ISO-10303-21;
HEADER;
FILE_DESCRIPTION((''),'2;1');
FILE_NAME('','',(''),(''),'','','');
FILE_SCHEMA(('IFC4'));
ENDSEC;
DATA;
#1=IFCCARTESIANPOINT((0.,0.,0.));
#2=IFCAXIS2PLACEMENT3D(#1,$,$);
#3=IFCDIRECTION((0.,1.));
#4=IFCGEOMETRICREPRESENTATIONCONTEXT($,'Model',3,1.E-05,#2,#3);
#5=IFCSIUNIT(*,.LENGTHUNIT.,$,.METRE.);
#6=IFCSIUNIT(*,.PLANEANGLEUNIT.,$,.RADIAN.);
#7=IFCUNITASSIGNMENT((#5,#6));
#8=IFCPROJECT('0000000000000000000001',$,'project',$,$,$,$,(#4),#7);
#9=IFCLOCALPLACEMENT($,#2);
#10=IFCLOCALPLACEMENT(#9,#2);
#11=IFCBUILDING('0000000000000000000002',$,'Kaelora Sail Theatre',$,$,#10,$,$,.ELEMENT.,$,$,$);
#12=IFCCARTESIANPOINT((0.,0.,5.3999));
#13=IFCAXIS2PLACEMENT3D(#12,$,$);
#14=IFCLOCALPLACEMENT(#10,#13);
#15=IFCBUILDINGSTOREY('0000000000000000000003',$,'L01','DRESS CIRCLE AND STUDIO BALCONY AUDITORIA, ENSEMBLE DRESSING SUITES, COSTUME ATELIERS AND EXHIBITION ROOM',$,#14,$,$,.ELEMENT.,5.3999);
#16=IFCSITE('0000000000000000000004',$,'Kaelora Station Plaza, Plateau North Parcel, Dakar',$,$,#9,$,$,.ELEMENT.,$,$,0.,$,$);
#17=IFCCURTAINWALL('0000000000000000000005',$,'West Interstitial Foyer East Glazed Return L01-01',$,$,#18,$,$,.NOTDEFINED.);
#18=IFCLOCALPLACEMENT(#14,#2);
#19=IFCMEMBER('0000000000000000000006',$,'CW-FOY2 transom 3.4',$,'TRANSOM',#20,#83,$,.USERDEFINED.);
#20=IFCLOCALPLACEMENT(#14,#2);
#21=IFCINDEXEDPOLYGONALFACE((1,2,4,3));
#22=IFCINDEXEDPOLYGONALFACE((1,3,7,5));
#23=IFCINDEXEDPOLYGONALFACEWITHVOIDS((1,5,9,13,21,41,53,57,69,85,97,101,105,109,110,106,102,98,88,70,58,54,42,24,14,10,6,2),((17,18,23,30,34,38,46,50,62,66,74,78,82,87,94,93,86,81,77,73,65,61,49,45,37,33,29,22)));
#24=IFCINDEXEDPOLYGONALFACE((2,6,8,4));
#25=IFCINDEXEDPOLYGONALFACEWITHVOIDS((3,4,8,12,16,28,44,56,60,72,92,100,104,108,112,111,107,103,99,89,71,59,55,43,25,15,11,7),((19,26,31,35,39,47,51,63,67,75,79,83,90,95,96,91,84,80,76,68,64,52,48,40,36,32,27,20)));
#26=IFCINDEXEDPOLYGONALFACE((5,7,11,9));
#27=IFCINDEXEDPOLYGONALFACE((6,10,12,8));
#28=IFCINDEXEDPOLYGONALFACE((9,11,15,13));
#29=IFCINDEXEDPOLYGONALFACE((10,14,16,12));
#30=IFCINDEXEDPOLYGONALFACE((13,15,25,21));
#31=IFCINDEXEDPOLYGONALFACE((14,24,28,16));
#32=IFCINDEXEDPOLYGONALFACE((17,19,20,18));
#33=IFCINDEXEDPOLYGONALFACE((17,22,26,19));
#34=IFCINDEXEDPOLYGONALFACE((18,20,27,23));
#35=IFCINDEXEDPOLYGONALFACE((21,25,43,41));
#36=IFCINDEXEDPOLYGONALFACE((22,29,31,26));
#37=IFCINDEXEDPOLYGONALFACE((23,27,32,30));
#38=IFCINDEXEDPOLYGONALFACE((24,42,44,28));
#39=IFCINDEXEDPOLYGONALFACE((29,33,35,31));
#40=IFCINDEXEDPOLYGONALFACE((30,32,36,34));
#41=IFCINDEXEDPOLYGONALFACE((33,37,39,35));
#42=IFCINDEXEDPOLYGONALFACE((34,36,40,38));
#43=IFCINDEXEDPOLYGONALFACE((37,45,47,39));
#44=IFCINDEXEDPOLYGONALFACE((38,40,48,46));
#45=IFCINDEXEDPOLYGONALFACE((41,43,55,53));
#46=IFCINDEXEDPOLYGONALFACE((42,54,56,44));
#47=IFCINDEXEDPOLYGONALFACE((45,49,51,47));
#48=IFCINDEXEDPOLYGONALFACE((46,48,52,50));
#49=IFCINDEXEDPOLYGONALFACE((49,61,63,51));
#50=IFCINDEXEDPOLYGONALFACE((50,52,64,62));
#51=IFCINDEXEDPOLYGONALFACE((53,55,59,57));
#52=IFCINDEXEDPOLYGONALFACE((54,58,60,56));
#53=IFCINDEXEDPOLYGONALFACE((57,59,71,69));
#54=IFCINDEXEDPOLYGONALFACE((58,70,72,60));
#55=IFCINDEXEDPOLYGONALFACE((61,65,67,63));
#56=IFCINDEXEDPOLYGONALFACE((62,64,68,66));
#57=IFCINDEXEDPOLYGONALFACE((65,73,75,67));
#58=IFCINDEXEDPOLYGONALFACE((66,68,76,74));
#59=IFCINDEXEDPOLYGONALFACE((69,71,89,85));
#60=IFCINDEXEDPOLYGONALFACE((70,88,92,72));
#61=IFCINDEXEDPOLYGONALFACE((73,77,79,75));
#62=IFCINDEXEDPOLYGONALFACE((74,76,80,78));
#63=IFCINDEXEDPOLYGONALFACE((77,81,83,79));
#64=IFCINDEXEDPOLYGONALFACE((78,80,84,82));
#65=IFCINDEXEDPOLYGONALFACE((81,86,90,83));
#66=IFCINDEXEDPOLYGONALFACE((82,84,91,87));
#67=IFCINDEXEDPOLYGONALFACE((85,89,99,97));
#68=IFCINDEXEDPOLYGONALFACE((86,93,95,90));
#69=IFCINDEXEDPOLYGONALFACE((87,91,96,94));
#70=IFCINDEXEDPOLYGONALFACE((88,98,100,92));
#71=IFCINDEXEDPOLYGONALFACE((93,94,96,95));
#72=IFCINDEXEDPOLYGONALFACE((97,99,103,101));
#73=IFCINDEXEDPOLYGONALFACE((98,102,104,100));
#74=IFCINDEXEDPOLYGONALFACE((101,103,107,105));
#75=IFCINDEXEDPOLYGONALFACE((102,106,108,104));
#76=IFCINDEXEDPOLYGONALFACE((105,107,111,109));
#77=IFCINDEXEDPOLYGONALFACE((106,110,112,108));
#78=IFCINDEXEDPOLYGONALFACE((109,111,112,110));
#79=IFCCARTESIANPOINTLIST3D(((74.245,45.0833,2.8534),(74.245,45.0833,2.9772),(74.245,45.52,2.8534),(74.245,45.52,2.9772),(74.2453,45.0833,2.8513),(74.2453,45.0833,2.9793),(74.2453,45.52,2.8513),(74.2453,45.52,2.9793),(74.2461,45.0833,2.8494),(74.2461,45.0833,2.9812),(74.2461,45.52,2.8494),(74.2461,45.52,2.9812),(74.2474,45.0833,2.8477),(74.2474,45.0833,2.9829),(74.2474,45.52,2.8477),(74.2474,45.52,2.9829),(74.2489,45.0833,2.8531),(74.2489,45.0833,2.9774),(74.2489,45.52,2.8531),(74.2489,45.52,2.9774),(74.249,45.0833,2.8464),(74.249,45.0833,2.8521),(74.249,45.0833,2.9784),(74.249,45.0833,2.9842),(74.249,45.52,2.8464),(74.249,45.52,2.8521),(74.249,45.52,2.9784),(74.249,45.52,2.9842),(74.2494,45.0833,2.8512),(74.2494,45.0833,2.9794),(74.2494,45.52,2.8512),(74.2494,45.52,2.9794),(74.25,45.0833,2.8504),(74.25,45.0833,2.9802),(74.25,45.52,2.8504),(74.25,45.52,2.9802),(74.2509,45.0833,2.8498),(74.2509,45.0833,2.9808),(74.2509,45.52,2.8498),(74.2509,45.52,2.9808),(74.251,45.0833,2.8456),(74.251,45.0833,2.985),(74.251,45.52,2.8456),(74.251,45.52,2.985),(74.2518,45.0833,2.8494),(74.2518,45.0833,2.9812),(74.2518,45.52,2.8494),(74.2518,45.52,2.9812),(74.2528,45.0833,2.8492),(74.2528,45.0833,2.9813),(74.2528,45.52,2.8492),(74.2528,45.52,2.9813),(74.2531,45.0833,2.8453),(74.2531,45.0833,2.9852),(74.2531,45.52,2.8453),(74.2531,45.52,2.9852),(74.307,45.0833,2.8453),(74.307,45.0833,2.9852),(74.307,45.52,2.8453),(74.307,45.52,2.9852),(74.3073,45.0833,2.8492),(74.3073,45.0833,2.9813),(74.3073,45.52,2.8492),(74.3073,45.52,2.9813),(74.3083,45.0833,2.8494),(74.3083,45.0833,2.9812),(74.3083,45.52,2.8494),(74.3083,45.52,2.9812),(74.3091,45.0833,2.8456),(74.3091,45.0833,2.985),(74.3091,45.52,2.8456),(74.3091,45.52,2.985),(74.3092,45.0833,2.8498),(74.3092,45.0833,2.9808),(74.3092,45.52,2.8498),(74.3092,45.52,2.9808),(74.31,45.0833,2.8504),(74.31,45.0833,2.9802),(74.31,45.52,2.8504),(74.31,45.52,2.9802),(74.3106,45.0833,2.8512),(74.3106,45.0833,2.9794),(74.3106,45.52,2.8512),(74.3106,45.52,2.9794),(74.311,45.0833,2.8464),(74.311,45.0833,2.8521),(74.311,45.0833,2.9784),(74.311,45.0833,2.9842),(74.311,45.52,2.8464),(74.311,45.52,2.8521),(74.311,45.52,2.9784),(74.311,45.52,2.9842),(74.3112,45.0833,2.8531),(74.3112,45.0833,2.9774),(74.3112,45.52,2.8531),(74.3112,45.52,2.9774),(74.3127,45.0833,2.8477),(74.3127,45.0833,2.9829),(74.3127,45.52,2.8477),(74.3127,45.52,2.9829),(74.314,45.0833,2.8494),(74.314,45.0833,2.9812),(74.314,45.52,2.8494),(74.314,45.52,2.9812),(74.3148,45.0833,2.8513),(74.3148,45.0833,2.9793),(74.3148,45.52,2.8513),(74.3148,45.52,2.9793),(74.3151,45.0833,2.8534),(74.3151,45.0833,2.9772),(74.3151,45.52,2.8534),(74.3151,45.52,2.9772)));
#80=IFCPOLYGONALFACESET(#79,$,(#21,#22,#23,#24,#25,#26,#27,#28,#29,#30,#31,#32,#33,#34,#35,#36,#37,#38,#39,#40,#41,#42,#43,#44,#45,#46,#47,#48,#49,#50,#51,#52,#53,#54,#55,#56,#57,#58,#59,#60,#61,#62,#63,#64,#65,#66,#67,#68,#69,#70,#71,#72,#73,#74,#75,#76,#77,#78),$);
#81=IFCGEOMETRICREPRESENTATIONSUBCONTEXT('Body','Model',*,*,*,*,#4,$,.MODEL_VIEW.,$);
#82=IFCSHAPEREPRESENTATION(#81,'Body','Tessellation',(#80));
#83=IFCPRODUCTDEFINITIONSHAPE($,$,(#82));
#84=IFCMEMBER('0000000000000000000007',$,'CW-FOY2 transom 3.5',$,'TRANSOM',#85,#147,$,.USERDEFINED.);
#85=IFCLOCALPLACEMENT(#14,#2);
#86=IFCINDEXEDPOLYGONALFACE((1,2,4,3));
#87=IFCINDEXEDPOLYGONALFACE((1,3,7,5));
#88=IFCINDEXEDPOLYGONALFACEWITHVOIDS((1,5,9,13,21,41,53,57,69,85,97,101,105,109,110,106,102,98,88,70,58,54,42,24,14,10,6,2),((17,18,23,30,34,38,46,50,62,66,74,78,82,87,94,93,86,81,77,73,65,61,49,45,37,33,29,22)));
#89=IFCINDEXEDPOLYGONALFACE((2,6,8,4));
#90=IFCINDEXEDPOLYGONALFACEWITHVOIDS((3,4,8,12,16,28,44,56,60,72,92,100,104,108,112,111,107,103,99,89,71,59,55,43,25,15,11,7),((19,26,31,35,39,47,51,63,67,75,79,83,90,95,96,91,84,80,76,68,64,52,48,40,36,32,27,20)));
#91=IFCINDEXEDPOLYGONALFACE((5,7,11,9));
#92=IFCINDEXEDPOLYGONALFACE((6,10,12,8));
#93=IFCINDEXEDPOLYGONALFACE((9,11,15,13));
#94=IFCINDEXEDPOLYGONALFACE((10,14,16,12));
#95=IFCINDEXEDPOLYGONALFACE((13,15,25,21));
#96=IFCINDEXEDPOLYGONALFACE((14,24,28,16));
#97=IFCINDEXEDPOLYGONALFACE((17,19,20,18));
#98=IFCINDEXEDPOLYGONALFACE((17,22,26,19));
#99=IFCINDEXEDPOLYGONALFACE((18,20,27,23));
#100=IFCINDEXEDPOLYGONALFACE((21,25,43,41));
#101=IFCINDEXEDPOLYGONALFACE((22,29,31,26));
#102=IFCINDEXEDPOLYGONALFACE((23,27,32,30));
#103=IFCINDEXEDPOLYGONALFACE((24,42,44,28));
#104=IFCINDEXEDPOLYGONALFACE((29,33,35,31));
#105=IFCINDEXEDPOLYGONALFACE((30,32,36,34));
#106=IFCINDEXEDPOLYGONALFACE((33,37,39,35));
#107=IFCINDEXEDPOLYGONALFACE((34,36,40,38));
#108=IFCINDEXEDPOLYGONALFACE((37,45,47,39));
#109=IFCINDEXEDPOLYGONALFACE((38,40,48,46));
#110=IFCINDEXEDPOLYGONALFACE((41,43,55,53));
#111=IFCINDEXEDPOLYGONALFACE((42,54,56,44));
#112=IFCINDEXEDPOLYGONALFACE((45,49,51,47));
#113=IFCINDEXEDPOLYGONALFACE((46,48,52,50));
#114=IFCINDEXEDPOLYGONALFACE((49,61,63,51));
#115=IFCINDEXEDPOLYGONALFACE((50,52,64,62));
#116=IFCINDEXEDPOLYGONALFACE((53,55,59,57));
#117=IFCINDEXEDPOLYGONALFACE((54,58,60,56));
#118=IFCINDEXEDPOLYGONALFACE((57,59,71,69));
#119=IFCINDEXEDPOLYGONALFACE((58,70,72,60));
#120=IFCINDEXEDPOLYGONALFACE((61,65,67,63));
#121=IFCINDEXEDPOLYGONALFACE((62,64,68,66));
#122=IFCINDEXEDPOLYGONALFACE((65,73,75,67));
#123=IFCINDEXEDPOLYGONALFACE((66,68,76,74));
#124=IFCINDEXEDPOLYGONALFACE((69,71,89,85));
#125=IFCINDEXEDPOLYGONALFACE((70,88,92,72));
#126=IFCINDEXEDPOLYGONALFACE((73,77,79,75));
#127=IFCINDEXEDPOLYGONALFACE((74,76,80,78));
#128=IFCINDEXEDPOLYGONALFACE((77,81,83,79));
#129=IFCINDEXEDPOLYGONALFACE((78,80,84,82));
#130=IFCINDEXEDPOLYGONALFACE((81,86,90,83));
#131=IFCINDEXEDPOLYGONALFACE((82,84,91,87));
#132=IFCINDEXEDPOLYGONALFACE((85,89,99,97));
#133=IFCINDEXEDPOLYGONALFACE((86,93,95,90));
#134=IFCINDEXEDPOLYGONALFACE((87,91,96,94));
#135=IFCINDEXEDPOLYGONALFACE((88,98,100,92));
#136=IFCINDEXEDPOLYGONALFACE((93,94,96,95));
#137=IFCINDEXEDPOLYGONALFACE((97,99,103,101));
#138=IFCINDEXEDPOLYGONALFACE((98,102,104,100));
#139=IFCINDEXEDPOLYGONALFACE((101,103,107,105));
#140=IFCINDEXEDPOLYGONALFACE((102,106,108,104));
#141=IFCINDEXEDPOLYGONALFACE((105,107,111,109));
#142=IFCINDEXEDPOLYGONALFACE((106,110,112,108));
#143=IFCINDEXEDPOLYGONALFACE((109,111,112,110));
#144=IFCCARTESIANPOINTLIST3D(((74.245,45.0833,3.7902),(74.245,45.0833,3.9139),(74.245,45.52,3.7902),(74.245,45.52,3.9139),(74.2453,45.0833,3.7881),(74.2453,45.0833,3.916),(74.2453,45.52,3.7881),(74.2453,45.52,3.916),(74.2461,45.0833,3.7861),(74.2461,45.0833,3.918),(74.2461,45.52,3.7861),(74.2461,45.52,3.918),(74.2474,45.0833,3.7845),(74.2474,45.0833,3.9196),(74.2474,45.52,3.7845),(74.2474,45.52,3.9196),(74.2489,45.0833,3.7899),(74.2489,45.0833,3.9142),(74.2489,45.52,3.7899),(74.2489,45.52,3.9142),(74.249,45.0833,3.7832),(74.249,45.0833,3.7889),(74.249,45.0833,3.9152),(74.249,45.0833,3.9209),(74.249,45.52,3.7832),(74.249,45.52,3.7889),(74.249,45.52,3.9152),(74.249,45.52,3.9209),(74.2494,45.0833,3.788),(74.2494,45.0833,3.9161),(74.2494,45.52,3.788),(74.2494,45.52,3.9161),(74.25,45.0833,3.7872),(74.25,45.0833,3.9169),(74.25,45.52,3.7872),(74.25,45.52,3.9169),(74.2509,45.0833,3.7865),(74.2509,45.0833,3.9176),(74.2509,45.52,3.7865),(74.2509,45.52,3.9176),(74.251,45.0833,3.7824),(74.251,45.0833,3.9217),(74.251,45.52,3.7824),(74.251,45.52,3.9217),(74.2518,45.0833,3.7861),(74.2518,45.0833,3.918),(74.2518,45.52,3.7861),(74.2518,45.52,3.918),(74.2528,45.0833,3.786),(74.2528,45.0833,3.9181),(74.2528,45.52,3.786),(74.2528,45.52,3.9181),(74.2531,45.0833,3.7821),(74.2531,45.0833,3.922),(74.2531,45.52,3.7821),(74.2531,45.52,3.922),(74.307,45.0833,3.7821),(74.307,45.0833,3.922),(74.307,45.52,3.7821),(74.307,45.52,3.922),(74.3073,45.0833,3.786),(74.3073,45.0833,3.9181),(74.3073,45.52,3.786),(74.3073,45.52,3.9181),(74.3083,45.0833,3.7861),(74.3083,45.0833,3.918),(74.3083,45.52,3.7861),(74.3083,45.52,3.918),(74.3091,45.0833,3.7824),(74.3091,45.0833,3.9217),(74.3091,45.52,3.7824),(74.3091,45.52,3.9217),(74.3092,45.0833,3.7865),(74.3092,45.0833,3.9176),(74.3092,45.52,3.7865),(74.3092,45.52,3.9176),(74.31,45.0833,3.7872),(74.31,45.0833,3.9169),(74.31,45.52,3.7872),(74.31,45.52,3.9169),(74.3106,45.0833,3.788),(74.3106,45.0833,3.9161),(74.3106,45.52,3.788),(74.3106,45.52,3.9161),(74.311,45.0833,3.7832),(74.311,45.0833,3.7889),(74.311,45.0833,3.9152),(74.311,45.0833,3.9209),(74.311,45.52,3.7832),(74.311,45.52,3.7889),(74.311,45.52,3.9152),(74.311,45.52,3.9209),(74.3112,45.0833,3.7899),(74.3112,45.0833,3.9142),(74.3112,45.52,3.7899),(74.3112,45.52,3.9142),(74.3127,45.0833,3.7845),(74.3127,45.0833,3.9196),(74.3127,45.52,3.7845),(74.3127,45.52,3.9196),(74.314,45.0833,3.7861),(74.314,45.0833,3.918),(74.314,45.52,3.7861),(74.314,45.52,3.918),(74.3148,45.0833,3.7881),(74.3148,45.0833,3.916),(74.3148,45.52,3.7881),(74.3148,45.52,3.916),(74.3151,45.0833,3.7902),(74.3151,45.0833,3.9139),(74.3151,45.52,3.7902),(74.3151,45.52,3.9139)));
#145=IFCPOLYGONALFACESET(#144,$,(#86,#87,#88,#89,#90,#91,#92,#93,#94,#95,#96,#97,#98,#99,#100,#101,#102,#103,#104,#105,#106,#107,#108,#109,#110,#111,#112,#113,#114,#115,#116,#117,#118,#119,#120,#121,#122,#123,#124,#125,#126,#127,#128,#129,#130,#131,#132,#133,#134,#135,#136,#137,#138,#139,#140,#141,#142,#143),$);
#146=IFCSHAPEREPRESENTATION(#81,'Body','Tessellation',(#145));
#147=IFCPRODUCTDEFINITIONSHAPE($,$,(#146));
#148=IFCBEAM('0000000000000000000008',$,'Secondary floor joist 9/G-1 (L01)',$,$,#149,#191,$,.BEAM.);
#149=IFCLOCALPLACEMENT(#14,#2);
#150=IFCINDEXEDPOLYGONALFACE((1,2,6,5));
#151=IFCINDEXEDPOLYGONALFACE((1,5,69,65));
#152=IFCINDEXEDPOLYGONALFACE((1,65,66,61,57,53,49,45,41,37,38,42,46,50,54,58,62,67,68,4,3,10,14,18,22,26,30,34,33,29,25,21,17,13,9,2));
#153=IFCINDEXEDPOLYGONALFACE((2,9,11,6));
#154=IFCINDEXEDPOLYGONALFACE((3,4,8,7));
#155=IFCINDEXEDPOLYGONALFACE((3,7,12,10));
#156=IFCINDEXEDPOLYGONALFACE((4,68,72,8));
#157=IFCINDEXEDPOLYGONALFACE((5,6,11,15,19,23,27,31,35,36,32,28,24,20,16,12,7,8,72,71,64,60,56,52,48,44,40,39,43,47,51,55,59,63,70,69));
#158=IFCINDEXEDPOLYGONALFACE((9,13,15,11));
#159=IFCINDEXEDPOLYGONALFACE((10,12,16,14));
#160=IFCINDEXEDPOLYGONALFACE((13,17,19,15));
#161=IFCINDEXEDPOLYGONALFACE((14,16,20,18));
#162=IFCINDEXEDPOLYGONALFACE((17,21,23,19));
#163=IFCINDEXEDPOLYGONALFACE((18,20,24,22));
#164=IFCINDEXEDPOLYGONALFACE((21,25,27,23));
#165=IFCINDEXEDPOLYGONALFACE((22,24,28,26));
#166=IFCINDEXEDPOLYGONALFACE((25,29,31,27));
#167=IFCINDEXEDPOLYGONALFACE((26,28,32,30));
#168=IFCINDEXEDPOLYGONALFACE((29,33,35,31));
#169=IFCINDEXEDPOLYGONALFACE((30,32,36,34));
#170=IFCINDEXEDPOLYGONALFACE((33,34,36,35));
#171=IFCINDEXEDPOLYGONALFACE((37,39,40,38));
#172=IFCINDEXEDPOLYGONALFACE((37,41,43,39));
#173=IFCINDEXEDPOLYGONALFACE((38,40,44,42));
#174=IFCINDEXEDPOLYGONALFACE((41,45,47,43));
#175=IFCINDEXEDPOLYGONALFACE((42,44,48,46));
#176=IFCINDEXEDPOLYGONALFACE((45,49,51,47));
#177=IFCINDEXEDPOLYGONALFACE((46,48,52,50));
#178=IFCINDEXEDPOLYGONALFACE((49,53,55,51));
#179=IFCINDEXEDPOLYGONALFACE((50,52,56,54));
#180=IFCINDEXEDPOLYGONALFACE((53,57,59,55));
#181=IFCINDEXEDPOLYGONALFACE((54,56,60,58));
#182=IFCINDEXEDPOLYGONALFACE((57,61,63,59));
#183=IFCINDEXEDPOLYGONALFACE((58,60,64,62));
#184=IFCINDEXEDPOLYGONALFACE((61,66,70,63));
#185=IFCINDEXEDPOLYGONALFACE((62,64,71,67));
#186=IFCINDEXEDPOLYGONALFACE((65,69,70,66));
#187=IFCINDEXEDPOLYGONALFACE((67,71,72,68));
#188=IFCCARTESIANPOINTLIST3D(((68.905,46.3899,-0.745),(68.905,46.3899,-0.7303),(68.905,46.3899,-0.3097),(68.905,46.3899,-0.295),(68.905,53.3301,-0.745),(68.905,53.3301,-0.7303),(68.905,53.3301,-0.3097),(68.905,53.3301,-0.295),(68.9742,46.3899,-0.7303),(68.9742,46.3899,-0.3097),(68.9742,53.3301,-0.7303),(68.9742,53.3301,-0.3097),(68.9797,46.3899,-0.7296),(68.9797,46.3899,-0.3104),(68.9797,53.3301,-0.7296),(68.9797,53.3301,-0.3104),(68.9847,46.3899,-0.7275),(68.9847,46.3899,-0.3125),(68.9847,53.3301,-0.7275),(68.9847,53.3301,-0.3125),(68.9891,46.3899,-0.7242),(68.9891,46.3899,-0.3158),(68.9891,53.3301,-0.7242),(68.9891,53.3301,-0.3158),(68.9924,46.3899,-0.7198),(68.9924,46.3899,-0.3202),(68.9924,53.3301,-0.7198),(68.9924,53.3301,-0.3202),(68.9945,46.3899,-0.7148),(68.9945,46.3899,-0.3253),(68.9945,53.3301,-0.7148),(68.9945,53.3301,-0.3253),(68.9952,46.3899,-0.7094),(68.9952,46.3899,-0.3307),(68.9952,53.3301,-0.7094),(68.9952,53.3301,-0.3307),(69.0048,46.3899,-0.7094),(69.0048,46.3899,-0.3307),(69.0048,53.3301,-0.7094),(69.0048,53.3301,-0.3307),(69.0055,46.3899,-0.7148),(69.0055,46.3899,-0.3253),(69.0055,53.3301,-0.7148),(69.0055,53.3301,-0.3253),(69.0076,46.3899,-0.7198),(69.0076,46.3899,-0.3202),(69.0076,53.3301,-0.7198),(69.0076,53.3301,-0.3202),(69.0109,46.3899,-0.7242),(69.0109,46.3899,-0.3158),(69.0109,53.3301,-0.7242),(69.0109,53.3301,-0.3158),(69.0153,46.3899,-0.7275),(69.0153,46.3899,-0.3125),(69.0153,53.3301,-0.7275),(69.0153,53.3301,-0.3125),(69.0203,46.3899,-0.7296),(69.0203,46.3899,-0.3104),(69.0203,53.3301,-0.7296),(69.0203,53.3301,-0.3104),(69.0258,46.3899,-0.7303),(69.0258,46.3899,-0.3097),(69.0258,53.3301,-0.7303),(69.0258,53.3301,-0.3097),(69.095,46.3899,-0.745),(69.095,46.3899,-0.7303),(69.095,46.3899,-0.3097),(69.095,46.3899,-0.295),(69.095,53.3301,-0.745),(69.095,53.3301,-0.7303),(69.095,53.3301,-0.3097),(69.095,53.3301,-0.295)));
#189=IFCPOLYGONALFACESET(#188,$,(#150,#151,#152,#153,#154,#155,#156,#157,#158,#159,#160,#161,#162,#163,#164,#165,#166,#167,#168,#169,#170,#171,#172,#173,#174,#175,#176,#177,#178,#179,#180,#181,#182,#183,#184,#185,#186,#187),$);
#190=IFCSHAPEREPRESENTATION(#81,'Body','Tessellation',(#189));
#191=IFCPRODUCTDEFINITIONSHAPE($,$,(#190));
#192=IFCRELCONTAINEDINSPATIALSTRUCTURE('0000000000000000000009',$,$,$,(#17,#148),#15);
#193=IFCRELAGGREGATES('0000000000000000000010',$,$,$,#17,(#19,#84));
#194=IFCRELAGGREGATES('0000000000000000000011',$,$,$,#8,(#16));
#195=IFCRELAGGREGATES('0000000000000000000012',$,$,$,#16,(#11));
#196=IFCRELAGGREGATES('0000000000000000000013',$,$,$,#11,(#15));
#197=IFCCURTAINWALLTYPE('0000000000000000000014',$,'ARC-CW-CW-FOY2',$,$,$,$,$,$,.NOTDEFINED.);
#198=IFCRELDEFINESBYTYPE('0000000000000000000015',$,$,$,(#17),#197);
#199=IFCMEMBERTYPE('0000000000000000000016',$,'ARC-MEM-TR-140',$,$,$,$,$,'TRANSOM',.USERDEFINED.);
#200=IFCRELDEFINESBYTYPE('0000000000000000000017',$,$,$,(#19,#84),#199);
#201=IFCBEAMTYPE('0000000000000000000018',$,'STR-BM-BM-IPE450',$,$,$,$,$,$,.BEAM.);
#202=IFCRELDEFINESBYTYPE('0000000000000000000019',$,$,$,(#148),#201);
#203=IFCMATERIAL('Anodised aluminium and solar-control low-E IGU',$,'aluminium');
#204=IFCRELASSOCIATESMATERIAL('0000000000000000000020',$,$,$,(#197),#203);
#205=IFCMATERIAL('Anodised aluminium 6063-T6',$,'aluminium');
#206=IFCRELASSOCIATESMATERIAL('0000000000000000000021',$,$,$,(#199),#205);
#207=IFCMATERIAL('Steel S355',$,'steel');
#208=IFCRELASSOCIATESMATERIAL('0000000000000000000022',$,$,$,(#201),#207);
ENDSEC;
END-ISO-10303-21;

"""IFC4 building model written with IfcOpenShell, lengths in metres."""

from ifc_helpers import new_model, si_unit, direction, frame, origin, origin_2d, place, context, subcontext, project, spatial, hollow_rectangle, i_section, extrude, material, material_profile, profile_set, type_object, element, aggregate, save


model = new_model("IFC4")

# Units and contexts
model_context = context("Model", 3, precision=1e-05, world=origin(), true_north=direction((0.0, 1.0)))
body_context = subcontext(model_context, "Body", "Model", "MODEL_VIEW")
ifc_project = project(units=[si_unit("LENGTHUNIT", "METRE"), si_unit("PLANEANGLEUNIT", "RADIAN")], contexts=[model_context])

# Site, building, storey
site_placement = place(None, origin())
site = spatial("IfcSite", under=ifc_project, at=site_placement, Name="Kaelora Station Plaza, Plateau North Parcel, Dakar", CompositionType="ELEMENT", RefElevation=0.0)
building_placement = place(site_placement, origin())
building = spatial("IfcBuilding", under=site, at=building_placement, Name="Kaelora Sail Theatre", CompositionType="ELEMENT")
storey_placement = place(building_placement, frame((0.0, 0.0, 5.3999)))
storey = spatial("IfcBuildingStorey", under=building, at=storey_placement, Name="L01", Description="DRESS CIRCLE AND STUDIO BALCONY AUDITORIA, ENSEMBLE DRESSING SUITES, COSTUME ATELIERS AND EXHIBITION ROOM", CompositionType="ELEMENT", Elevation=5.3999)

# Curtain wall, members
ifc_material_1 = material(Name="Anodised aluminium and solar-control low-E IGU", Category="aluminium")
curtain_wall_type = type_object("IfcCurtainWallType", Name="ARC-CW-CW-FOY2", PredefinedType="NOTDEFINED", material=ifc_material_1)
curtain_wall_placement = place(storey_placement, origin())
curtain_wall = element("IfcCurtainWall", 1, at=curtain_wall_placement, inside=storey, type_object=curtain_wall_type, Name="West Interstitial Foyer East Glazed Return L01-01", PredefinedType="NOTDEFINED")
ifc_material_2 = material(Name="Anodised aluminium 6063-T6", Category="aluminium")
ifc_material_profile_1 = material_profile(ifc_material_2, hollow_rectangle(XDim=0.0701, YDim=0.1399, WallThickness=0.0039, InnerFilletRadius=0.0039, OuterFilletRadius=0.0081, at=origin_2d()), Name="ALU-TRAN 70x140x4")
ifc_profile_set_1 = profile_set([ifc_material_profile_1], Name="Anodised aluminium 6063-T6")
member_type_1 = type_object("IfcMemberType", Name="ARC-MEM-TR-140", ElementType="TRANSOM", PredefinedType="USERDEFINED", material=ifc_profile_set_1)
member_1_placement = place(storey_placement, frame((74.28, 45.0833, 2.9153), z_axis=(0.0, 1.0, 0.0), x_axis=(-1.0, 0.0, 0.0)))
member_1 = element("IfcMember", 2, at=member_1_placement, type_object=member_type_1, Name="CW-FOY2 transom 3.4", ObjectType="TRANSOM", PredefinedType="USERDEFINED", context=body_context, shape_type="SweptSolid", body=[
    extrude(hollow_rectangle(XDim=0.0701, YDim=0.1399, WallThickness=0.0039, InnerFilletRadius=0.0039, OuterFilletRadius=0.0081, at=origin_2d()), origin(), (0.0, 0.0, 1.0), 0.4368),
])
member_2_placement = place(storey_placement, frame((74.28, 45.0833, 3.8521), z_axis=(0.0, 1.0, 0.0), x_axis=(-1.0, 0.0, 0.0)))
member_2 = element("IfcMember", 3, at=member_2_placement, type_object=member_type_1, Name="CW-FOY2 transom 3.5", ObjectType="TRANSOM", PredefinedType="USERDEFINED", context=body_context, shape_type="SweptSolid", body=[
    extrude(hollow_rectangle(XDim=0.0701, YDim=0.1399, WallThickness=0.0039, InnerFilletRadius=0.0039, OuterFilletRadius=0.0081, at=origin_2d()), origin(), (0.0, 0.0, 1.0), 0.4368),
])

# Beam
ifc_material_3 = material(Name="Steel S355", Category="steel")
ifc_material_profile_2 = material_profile(ifc_material_3, i_section(OverallWidth=0.1899, OverallDepth=0.45, WebThickness=0.0095, FlangeThickness=0.0146, FilletRadius=0.021, at=origin_2d()), Name="IPE 450")
ifc_profile_set_2 = profile_set([ifc_material_profile_2], Name="Steel S355")
beam_type_1 = type_object("IfcBeamType", Name="STR-BM-BM-IPE450", PredefinedType="BEAM", material=ifc_profile_set_2)
beam_1_placement = place(storey_placement, frame((69.0, 46.3899, -0.52), z_axis=(0.0, 1.0, 0.0), x_axis=(-1.0, 0.0, 0.0)))
element("IfcBeam", 4, at=beam_1_placement, inside=storey, type_object=beam_type_1, Name="Secondary floor joist 9/G-1 (L01)", PredefinedType="BEAM", context=body_context, shape_type="SweptSolid", body=[
    extrude(i_section(OverallWidth=0.1899, OverallDepth=0.45, WebThickness=0.0095, FlangeThickness=0.0146, FilletRadius=0.021, at=origin_2d()), origin(), (0.0, 0.0, 1.0), 6.9402),
])

aggregate(curtain_wall, [member_1, member_2])

save(model, "model.ifc")
